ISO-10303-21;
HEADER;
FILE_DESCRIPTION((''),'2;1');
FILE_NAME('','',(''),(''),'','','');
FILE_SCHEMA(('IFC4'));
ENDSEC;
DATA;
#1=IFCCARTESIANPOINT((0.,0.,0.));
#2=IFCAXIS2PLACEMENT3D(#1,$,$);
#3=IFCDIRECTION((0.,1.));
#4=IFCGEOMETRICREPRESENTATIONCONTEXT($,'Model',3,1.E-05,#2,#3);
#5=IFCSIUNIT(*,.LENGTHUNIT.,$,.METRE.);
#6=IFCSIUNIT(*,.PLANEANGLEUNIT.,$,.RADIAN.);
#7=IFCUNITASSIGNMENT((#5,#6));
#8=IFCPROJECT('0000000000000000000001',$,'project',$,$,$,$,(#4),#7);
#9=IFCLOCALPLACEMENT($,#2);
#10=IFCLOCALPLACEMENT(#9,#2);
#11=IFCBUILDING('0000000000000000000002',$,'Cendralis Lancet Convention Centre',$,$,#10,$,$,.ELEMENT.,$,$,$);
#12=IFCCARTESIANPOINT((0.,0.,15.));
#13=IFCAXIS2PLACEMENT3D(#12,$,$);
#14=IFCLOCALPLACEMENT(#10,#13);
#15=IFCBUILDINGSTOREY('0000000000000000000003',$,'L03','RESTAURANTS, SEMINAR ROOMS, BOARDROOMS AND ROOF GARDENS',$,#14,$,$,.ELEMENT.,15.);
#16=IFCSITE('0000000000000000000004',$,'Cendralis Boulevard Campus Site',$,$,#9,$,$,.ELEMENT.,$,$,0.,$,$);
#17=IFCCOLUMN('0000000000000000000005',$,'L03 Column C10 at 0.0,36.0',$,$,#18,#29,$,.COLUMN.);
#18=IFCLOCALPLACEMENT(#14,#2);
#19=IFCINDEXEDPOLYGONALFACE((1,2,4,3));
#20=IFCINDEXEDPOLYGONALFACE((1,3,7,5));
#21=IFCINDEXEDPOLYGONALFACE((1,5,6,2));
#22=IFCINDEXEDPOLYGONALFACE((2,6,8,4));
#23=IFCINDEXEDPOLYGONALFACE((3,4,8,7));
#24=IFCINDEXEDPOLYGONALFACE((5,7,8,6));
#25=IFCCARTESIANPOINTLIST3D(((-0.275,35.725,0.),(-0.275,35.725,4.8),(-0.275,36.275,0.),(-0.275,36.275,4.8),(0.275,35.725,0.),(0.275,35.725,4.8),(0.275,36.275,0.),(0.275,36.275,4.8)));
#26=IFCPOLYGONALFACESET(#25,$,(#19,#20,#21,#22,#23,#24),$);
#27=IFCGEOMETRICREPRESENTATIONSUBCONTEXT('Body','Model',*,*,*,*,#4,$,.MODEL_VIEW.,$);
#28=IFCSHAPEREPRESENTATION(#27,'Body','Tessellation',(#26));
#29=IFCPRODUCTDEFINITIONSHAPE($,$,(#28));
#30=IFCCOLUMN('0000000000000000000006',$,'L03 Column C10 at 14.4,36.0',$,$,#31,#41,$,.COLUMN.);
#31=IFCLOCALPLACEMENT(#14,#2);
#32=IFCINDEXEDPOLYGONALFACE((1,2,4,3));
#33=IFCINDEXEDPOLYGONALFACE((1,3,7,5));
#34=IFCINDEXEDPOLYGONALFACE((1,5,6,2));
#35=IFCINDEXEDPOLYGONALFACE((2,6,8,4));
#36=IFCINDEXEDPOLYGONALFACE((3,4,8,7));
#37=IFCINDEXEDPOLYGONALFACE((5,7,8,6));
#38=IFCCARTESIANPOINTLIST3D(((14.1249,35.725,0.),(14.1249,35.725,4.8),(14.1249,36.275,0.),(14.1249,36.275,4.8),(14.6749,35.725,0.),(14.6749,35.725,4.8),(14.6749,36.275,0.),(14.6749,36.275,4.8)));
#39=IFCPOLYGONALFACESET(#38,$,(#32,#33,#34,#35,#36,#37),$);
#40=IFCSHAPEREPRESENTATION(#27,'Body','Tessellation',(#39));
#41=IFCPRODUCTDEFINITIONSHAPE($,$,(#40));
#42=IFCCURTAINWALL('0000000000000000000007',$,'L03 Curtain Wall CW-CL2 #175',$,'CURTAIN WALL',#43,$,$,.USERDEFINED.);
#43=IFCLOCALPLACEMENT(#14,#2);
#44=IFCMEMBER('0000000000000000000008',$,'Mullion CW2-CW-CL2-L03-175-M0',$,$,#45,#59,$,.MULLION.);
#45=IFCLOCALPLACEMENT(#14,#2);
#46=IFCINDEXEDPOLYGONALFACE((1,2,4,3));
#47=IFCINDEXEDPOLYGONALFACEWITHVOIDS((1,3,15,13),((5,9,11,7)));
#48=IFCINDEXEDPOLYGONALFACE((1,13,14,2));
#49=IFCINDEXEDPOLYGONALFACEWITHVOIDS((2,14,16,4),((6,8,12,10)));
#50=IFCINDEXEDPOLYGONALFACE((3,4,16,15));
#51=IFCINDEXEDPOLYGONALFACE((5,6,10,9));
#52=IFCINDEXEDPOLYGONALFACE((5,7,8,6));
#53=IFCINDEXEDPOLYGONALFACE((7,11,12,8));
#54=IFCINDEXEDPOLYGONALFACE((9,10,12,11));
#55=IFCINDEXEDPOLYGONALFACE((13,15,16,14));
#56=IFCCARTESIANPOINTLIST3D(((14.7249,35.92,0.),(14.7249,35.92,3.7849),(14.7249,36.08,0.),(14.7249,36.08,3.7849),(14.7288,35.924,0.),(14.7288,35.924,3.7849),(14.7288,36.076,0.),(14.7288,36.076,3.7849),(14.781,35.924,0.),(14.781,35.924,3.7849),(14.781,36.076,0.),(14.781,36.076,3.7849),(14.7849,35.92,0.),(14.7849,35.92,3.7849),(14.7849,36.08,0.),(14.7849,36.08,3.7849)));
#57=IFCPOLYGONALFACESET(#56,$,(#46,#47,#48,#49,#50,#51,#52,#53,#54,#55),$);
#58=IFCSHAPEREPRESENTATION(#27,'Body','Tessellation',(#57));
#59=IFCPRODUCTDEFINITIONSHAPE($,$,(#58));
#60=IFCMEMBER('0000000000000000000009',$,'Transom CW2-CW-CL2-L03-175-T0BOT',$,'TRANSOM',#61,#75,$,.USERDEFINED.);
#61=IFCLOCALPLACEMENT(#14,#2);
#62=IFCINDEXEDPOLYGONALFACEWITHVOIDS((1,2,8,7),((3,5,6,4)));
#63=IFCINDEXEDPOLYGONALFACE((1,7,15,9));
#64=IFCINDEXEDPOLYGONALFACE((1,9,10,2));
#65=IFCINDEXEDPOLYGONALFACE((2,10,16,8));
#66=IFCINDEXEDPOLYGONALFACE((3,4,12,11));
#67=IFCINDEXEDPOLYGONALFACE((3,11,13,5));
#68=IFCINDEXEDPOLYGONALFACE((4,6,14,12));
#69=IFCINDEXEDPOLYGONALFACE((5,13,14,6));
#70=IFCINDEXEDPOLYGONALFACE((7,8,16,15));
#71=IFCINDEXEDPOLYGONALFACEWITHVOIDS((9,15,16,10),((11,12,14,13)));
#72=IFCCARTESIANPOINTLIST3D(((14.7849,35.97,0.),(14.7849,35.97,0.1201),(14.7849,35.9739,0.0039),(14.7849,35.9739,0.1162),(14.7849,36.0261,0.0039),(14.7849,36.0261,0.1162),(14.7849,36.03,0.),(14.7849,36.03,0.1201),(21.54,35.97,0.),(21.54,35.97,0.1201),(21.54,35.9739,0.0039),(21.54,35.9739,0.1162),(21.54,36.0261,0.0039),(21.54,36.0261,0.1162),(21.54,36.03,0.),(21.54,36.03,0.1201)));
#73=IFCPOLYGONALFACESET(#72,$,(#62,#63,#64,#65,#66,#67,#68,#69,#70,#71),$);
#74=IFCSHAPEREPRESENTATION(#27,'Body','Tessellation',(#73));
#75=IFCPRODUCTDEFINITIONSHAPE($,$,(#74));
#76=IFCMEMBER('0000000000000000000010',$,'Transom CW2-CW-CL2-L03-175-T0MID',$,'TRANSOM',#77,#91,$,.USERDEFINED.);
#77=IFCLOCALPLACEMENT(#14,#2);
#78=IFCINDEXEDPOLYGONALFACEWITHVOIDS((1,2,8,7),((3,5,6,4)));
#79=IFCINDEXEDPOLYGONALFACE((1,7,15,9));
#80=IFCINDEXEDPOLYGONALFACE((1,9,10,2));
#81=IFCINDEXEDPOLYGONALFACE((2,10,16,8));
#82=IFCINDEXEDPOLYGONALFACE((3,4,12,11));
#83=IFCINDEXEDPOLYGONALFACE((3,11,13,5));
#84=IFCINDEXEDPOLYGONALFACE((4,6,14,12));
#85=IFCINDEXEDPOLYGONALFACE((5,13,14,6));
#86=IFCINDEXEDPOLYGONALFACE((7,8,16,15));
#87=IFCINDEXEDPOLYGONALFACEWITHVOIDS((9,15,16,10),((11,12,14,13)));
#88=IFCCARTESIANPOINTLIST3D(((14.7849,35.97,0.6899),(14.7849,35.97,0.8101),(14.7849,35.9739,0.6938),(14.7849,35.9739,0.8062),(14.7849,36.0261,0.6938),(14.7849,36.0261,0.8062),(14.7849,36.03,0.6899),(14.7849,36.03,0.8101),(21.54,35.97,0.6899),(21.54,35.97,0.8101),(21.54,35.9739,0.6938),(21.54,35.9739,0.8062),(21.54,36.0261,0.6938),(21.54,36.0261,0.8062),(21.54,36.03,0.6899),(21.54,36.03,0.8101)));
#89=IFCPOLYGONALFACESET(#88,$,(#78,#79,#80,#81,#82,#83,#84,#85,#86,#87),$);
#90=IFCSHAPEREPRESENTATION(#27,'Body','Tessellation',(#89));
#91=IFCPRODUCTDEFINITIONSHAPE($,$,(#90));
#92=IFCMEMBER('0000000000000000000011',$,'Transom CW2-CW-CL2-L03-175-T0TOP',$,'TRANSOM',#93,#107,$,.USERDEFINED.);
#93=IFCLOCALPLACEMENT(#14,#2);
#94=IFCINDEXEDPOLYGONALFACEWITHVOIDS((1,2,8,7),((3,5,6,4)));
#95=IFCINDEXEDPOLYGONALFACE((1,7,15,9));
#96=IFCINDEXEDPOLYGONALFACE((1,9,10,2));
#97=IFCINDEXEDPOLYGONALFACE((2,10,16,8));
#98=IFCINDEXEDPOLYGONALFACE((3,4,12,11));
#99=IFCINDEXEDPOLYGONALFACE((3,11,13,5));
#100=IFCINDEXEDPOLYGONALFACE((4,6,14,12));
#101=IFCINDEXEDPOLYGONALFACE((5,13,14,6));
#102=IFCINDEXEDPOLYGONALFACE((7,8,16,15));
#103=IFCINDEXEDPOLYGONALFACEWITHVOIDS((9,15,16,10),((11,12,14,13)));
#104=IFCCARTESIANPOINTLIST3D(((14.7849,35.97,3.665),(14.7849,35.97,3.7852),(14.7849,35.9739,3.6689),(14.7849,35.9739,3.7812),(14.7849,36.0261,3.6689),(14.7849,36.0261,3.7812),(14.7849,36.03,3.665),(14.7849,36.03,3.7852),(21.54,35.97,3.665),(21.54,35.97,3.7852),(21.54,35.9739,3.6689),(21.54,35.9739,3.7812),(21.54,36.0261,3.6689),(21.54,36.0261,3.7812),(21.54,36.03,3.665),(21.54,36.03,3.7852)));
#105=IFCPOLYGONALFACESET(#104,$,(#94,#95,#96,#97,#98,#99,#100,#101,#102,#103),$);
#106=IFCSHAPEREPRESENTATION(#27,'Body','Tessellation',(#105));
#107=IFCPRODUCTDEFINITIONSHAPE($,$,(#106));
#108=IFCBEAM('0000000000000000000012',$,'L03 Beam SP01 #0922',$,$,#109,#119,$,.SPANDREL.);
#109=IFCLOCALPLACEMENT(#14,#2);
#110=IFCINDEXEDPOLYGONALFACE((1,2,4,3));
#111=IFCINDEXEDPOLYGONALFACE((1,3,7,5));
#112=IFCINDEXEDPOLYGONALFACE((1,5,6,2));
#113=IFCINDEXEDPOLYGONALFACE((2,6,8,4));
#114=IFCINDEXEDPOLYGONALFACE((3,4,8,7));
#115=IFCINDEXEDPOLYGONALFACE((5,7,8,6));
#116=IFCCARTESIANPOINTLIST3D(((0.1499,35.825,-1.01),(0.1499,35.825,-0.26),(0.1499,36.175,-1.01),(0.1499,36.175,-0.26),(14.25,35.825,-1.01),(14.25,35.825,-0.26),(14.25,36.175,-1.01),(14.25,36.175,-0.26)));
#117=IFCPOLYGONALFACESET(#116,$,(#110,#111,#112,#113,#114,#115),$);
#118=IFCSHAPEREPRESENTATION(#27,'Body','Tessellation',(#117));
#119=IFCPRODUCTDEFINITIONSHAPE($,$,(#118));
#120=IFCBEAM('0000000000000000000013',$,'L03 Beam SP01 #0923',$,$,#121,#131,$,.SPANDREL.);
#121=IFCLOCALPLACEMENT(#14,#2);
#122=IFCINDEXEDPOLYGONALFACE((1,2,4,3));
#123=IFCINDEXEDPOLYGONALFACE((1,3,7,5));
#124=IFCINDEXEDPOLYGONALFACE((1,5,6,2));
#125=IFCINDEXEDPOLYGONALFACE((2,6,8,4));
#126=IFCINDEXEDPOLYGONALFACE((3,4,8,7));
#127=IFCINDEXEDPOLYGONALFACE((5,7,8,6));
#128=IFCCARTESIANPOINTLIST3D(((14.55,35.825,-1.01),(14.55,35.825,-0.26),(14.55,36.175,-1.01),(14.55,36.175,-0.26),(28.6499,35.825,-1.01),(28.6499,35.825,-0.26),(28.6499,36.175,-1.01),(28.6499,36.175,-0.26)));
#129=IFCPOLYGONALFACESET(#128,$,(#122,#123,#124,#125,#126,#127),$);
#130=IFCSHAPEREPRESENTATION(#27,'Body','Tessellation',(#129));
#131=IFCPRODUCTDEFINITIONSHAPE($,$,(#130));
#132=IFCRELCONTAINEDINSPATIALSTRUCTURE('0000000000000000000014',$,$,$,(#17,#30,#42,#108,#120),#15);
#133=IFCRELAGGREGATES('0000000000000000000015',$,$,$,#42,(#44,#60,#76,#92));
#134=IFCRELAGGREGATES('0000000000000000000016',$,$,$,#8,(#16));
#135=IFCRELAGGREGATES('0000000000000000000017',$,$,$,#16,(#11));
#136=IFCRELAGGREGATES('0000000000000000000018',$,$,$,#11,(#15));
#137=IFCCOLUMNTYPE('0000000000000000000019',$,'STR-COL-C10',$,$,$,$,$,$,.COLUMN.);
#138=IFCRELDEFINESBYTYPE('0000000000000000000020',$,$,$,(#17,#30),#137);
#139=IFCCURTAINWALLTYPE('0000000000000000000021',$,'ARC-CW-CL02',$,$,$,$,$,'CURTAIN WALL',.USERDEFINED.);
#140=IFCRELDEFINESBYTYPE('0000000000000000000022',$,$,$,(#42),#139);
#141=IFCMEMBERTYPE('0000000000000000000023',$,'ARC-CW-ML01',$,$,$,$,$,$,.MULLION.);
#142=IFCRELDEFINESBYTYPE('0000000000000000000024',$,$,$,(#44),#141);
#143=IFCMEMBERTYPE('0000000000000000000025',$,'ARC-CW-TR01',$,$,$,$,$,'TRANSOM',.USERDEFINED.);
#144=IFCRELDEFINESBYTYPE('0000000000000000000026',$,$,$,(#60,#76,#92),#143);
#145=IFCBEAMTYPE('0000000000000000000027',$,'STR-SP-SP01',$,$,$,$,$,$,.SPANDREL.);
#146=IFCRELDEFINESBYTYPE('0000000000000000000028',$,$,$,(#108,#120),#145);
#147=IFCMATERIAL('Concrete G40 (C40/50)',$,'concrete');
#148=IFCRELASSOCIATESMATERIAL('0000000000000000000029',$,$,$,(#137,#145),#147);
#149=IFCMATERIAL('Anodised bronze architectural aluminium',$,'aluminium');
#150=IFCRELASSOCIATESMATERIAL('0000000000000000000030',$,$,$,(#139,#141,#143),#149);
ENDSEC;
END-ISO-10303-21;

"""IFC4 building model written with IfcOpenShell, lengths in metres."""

from ifc_helpers import new_model, si_unit, direction, frame, origin, origin_2d, place, context, subcontext, project, spatial, rectangle, hollow_rectangle, extrude, material, material_profile, profile_set, type_object, element, aggregate, save


model = new_model("IFC4")

# Units and contexts
model_context = context("Model", 3, precision=1e-05, world=origin(), true_north=direction((0.0, 1.0)))
body_context = subcontext(model_context, "Body", "Model", "MODEL_VIEW")
ifc_project = project(units=[si_unit("LENGTHUNIT", "METRE"), si_unit("PLANEANGLEUNIT", "RADIAN")], contexts=[model_context])

# Site, building, storey
site_placement = place(None, origin())
site = spatial("IfcSite", under=ifc_project, at=site_placement, Name="Cendralis Boulevard Campus Site", CompositionType="ELEMENT", RefElevation=0.0)
building_placement = place(site_placement, origin())
building = spatial("IfcBuilding", under=site, at=building_placement, Name="Cendralis Lancet Convention Centre", CompositionType="ELEMENT")
storey_placement = place(building_placement, frame((0.0, 0.0, 15.0)))
storey = spatial("IfcBuildingStorey", under=building, at=storey_placement, Name="L03", Description="RESTAURANTS, SEMINAR ROOMS, BOARDROOMS AND ROOF GARDENS", CompositionType="ELEMENT", Elevation=15.0)

# Columns
ifc_material_1 = material(Name="Concrete G40 (C40/50)", Category="concrete")
ifc_material_profile_1 = material_profile(ifc_material_1, rectangle(XDim=0.55, YDim=0.55, at=origin_2d()), Name="RC 550x550")
ifc_profile_set_1 = profile_set([ifc_material_profile_1], Name="Concrete G40 (C40/50)")
column_type = type_object("IfcColumnType", Name="STR-COL-C10", PredefinedType="COLUMN", material=ifc_profile_set_1)
for number, where, z_axis, x_axis, name in (
    (1, (0.0, 36.0, 0.0), (0.0, 0.0, 1.0), (1.0, 0.0, 0.0), "L03 Column C10 at 0.0,36.0"),
    (2, (14.3999, 36.0, 0.0), (0.0, 0.0, 1.0), (1.0, 0.0, 0.0), "L03 Column C10 at 14.4,36.0"),
):
    element("IfcColumn", number, at=place(storey_placement, frame(where, z_axis=z_axis, x_axis=x_axis)), inside=storey, type_object=column_type, Name=name, PredefinedType="COLUMN", context=body_context, shape_type="SweptSolid", body=[
        extrude(rectangle(XDim=0.55, YDim=0.55, at=origin_2d()), origin(), (0.0, 0.0, 1.0), 4.8),
    ])

# Curtain wall, members
ifc_material_2 = material(Name="Anodised bronze architectural aluminium", Category="aluminium")
curtain_wall_type = type_object("IfcCurtainWallType", Name="ARC-CW-CL02", ElementType="CURTAIN WALL", PredefinedType="USERDEFINED", material=ifc_material_2)
curtain_wall_placement = place(storey_placement, origin())
curtain_wall = element("IfcCurtainWall", 3, at=curtain_wall_placement, inside=storey, type_object=curtain_wall_type, Name="L03 Curtain Wall CW-CL2 #175", ObjectType="CURTAIN WALL", PredefinedType="USERDEFINED")
ifc_material_profile_2 = material_profile(ifc_material_2, hollow_rectangle(XDim=0.0601, YDim=0.1599, WallThickness=0.0039, at=origin_2d()), Name="AL-MULL 60x160x4.0")
ifc_profile_set_2 = profile_set([ifc_material_profile_2], Name="Anodised bronze architectural aluminium")
member_type_1 = type_object("IfcMemberType", Name="ARC-CW-ML01", PredefinedType="MULLION", material=ifc_profile_set_2)
member_1_placement = place(storey_placement, frame((14.7549, 36.0, 0.0), z_axis=(0.0, 0.0, 1.0), x_axis=(1.0, 0.0, 0.0)))
member_1 = element("IfcMember", 4, at=member_1_placement, type_object=member_type_1, Name="Mullion CW2-CW-CL2-L03-175-M0", PredefinedType="MULLION", context=body_context, shape_type="SweptSolid", body=[
    extrude(hollow_rectangle(XDim=0.0601, YDim=0.1599, WallThickness=0.0039, at=origin_2d()), origin(), (0.0, 0.0, 1.0), 3.7849),
])
ifc_material_profile_3 = material_profile(ifc_material_2, hollow_rectangle(XDim=0.0601, YDim=0.1201, WallThickness=0.0039, at=origin_2d()), Name="AL-TRAN 60x120x4.0")
ifc_profile_set_3 = profile_set([ifc_material_profile_3], Name="Anodised bronze architectural aluminium")
member_type_2 = type_object("IfcMemberType", Name="ARC-CW-TR01", ElementType="TRANSOM", PredefinedType="USERDEFINED", material=ifc_profile_set_3)
member_2_placement = place(storey_placement, frame((14.7849, 36.0, 0.0601), z_axis=(1.0, 0.0, 0.0), x_axis=(0.0, 1.0, 0.0)))
member_2 = element("IfcMember", 5, at=member_2_placement, type_object=member_type_2, Name="Transom CW2-CW-CL2-L03-175-T0BOT", ObjectType="TRANSOM", PredefinedType="USERDEFINED", context=body_context, shape_type="SweptSolid", body=[
    extrude(hollow_rectangle(XDim=0.0601, YDim=0.1201, WallThickness=0.0039, at=origin_2d()), origin(), (0.0, 0.0, 1.0), 6.7551),
])
member_3_placement = place(storey_placement, frame((14.7849, 36.0, 0.75), z_axis=(1.0, 0.0, 0.0), x_axis=(0.0, 1.0, 0.0)))
member_3 = element("IfcMember", 6, at=member_3_placement, type_object=member_type_2, Name="Transom CW2-CW-CL2-L03-175-T0MID", ObjectType="TRANSOM", PredefinedType="USERDEFINED", context=body_context, shape_type="SweptSolid", body=[
    extrude(hollow_rectangle(XDim=0.0601, YDim=0.1201, WallThickness=0.0039, at=origin_2d()), origin(), (0.0, 0.0, 1.0), 6.7551),
])
member_4_placement = place(storey_placement, frame((14.7849, 36.0, 3.7251), z_axis=(1.0, 0.0, 0.0), x_axis=(0.0, 1.0, 0.0)))
member_4 = element("IfcMember", 7, at=member_4_placement, type_object=member_type_2, Name="Transom CW2-CW-CL2-L03-175-T0TOP", ObjectType="TRANSOM", PredefinedType="USERDEFINED", context=body_context, shape_type="SweptSolid", body=[
    extrude(hollow_rectangle(XDim=0.0601, YDim=0.1201, WallThickness=0.0039, at=origin_2d()), origin(), (0.0, 0.0, 1.0), 6.7551),
])
aggregate(curtain_wall, [member_1, member_2, member_3, member_4])

# Beams
ifc_material_profile_4 = material_profile(ifc_material_1, rectangle(XDim=0.3501, YDim=0.75, at=origin_2d()), Name="RCB 350x750")
ifc_profile_set_4 = profile_set([ifc_material_profile_4], Name="Concrete G40 (C40/50)")
beam_type = type_object("IfcBeamType", Name="STR-SP-SP01", PredefinedType="SPANDREL", material=ifc_profile_set_4)
beam_1_placement = place(storey_placement, frame((0.1499, 36.0, -0.635), z_axis=(1.0, 0.0, 0.0), x_axis=(0.0, 1.0, 0.0)))
element("IfcBeam", 8, at=beam_1_placement, inside=storey, type_object=beam_type, Name="L03 Beam SP01 #0922", PredefinedType="SPANDREL", context=body_context, shape_type="SweptSolid", body=[
    extrude(rectangle(XDim=0.3501, YDim=0.75, at=origin_2d()), origin(), (0.0, 0.0, 1.0), 14.1001),
])
beam_2_placement = place(storey_placement, frame((14.55, 36.0, -0.635), z_axis=(1.0, 0.0, 0.0), x_axis=(0.0, 1.0, 0.0)))
element("IfcBeam", 9, at=beam_2_placement, inside=storey, type_object=beam_type, Name="L03 Beam SP01 #0923", PredefinedType="SPANDREL", context=body_context, shape_type="SweptSolid", body=[
    extrude(rectangle(XDim=0.3501, YDim=0.75, at=origin_2d()), origin(), (0.0, 0.0, 1.0), 14.0999),
])

save(model, "model.ifc")
